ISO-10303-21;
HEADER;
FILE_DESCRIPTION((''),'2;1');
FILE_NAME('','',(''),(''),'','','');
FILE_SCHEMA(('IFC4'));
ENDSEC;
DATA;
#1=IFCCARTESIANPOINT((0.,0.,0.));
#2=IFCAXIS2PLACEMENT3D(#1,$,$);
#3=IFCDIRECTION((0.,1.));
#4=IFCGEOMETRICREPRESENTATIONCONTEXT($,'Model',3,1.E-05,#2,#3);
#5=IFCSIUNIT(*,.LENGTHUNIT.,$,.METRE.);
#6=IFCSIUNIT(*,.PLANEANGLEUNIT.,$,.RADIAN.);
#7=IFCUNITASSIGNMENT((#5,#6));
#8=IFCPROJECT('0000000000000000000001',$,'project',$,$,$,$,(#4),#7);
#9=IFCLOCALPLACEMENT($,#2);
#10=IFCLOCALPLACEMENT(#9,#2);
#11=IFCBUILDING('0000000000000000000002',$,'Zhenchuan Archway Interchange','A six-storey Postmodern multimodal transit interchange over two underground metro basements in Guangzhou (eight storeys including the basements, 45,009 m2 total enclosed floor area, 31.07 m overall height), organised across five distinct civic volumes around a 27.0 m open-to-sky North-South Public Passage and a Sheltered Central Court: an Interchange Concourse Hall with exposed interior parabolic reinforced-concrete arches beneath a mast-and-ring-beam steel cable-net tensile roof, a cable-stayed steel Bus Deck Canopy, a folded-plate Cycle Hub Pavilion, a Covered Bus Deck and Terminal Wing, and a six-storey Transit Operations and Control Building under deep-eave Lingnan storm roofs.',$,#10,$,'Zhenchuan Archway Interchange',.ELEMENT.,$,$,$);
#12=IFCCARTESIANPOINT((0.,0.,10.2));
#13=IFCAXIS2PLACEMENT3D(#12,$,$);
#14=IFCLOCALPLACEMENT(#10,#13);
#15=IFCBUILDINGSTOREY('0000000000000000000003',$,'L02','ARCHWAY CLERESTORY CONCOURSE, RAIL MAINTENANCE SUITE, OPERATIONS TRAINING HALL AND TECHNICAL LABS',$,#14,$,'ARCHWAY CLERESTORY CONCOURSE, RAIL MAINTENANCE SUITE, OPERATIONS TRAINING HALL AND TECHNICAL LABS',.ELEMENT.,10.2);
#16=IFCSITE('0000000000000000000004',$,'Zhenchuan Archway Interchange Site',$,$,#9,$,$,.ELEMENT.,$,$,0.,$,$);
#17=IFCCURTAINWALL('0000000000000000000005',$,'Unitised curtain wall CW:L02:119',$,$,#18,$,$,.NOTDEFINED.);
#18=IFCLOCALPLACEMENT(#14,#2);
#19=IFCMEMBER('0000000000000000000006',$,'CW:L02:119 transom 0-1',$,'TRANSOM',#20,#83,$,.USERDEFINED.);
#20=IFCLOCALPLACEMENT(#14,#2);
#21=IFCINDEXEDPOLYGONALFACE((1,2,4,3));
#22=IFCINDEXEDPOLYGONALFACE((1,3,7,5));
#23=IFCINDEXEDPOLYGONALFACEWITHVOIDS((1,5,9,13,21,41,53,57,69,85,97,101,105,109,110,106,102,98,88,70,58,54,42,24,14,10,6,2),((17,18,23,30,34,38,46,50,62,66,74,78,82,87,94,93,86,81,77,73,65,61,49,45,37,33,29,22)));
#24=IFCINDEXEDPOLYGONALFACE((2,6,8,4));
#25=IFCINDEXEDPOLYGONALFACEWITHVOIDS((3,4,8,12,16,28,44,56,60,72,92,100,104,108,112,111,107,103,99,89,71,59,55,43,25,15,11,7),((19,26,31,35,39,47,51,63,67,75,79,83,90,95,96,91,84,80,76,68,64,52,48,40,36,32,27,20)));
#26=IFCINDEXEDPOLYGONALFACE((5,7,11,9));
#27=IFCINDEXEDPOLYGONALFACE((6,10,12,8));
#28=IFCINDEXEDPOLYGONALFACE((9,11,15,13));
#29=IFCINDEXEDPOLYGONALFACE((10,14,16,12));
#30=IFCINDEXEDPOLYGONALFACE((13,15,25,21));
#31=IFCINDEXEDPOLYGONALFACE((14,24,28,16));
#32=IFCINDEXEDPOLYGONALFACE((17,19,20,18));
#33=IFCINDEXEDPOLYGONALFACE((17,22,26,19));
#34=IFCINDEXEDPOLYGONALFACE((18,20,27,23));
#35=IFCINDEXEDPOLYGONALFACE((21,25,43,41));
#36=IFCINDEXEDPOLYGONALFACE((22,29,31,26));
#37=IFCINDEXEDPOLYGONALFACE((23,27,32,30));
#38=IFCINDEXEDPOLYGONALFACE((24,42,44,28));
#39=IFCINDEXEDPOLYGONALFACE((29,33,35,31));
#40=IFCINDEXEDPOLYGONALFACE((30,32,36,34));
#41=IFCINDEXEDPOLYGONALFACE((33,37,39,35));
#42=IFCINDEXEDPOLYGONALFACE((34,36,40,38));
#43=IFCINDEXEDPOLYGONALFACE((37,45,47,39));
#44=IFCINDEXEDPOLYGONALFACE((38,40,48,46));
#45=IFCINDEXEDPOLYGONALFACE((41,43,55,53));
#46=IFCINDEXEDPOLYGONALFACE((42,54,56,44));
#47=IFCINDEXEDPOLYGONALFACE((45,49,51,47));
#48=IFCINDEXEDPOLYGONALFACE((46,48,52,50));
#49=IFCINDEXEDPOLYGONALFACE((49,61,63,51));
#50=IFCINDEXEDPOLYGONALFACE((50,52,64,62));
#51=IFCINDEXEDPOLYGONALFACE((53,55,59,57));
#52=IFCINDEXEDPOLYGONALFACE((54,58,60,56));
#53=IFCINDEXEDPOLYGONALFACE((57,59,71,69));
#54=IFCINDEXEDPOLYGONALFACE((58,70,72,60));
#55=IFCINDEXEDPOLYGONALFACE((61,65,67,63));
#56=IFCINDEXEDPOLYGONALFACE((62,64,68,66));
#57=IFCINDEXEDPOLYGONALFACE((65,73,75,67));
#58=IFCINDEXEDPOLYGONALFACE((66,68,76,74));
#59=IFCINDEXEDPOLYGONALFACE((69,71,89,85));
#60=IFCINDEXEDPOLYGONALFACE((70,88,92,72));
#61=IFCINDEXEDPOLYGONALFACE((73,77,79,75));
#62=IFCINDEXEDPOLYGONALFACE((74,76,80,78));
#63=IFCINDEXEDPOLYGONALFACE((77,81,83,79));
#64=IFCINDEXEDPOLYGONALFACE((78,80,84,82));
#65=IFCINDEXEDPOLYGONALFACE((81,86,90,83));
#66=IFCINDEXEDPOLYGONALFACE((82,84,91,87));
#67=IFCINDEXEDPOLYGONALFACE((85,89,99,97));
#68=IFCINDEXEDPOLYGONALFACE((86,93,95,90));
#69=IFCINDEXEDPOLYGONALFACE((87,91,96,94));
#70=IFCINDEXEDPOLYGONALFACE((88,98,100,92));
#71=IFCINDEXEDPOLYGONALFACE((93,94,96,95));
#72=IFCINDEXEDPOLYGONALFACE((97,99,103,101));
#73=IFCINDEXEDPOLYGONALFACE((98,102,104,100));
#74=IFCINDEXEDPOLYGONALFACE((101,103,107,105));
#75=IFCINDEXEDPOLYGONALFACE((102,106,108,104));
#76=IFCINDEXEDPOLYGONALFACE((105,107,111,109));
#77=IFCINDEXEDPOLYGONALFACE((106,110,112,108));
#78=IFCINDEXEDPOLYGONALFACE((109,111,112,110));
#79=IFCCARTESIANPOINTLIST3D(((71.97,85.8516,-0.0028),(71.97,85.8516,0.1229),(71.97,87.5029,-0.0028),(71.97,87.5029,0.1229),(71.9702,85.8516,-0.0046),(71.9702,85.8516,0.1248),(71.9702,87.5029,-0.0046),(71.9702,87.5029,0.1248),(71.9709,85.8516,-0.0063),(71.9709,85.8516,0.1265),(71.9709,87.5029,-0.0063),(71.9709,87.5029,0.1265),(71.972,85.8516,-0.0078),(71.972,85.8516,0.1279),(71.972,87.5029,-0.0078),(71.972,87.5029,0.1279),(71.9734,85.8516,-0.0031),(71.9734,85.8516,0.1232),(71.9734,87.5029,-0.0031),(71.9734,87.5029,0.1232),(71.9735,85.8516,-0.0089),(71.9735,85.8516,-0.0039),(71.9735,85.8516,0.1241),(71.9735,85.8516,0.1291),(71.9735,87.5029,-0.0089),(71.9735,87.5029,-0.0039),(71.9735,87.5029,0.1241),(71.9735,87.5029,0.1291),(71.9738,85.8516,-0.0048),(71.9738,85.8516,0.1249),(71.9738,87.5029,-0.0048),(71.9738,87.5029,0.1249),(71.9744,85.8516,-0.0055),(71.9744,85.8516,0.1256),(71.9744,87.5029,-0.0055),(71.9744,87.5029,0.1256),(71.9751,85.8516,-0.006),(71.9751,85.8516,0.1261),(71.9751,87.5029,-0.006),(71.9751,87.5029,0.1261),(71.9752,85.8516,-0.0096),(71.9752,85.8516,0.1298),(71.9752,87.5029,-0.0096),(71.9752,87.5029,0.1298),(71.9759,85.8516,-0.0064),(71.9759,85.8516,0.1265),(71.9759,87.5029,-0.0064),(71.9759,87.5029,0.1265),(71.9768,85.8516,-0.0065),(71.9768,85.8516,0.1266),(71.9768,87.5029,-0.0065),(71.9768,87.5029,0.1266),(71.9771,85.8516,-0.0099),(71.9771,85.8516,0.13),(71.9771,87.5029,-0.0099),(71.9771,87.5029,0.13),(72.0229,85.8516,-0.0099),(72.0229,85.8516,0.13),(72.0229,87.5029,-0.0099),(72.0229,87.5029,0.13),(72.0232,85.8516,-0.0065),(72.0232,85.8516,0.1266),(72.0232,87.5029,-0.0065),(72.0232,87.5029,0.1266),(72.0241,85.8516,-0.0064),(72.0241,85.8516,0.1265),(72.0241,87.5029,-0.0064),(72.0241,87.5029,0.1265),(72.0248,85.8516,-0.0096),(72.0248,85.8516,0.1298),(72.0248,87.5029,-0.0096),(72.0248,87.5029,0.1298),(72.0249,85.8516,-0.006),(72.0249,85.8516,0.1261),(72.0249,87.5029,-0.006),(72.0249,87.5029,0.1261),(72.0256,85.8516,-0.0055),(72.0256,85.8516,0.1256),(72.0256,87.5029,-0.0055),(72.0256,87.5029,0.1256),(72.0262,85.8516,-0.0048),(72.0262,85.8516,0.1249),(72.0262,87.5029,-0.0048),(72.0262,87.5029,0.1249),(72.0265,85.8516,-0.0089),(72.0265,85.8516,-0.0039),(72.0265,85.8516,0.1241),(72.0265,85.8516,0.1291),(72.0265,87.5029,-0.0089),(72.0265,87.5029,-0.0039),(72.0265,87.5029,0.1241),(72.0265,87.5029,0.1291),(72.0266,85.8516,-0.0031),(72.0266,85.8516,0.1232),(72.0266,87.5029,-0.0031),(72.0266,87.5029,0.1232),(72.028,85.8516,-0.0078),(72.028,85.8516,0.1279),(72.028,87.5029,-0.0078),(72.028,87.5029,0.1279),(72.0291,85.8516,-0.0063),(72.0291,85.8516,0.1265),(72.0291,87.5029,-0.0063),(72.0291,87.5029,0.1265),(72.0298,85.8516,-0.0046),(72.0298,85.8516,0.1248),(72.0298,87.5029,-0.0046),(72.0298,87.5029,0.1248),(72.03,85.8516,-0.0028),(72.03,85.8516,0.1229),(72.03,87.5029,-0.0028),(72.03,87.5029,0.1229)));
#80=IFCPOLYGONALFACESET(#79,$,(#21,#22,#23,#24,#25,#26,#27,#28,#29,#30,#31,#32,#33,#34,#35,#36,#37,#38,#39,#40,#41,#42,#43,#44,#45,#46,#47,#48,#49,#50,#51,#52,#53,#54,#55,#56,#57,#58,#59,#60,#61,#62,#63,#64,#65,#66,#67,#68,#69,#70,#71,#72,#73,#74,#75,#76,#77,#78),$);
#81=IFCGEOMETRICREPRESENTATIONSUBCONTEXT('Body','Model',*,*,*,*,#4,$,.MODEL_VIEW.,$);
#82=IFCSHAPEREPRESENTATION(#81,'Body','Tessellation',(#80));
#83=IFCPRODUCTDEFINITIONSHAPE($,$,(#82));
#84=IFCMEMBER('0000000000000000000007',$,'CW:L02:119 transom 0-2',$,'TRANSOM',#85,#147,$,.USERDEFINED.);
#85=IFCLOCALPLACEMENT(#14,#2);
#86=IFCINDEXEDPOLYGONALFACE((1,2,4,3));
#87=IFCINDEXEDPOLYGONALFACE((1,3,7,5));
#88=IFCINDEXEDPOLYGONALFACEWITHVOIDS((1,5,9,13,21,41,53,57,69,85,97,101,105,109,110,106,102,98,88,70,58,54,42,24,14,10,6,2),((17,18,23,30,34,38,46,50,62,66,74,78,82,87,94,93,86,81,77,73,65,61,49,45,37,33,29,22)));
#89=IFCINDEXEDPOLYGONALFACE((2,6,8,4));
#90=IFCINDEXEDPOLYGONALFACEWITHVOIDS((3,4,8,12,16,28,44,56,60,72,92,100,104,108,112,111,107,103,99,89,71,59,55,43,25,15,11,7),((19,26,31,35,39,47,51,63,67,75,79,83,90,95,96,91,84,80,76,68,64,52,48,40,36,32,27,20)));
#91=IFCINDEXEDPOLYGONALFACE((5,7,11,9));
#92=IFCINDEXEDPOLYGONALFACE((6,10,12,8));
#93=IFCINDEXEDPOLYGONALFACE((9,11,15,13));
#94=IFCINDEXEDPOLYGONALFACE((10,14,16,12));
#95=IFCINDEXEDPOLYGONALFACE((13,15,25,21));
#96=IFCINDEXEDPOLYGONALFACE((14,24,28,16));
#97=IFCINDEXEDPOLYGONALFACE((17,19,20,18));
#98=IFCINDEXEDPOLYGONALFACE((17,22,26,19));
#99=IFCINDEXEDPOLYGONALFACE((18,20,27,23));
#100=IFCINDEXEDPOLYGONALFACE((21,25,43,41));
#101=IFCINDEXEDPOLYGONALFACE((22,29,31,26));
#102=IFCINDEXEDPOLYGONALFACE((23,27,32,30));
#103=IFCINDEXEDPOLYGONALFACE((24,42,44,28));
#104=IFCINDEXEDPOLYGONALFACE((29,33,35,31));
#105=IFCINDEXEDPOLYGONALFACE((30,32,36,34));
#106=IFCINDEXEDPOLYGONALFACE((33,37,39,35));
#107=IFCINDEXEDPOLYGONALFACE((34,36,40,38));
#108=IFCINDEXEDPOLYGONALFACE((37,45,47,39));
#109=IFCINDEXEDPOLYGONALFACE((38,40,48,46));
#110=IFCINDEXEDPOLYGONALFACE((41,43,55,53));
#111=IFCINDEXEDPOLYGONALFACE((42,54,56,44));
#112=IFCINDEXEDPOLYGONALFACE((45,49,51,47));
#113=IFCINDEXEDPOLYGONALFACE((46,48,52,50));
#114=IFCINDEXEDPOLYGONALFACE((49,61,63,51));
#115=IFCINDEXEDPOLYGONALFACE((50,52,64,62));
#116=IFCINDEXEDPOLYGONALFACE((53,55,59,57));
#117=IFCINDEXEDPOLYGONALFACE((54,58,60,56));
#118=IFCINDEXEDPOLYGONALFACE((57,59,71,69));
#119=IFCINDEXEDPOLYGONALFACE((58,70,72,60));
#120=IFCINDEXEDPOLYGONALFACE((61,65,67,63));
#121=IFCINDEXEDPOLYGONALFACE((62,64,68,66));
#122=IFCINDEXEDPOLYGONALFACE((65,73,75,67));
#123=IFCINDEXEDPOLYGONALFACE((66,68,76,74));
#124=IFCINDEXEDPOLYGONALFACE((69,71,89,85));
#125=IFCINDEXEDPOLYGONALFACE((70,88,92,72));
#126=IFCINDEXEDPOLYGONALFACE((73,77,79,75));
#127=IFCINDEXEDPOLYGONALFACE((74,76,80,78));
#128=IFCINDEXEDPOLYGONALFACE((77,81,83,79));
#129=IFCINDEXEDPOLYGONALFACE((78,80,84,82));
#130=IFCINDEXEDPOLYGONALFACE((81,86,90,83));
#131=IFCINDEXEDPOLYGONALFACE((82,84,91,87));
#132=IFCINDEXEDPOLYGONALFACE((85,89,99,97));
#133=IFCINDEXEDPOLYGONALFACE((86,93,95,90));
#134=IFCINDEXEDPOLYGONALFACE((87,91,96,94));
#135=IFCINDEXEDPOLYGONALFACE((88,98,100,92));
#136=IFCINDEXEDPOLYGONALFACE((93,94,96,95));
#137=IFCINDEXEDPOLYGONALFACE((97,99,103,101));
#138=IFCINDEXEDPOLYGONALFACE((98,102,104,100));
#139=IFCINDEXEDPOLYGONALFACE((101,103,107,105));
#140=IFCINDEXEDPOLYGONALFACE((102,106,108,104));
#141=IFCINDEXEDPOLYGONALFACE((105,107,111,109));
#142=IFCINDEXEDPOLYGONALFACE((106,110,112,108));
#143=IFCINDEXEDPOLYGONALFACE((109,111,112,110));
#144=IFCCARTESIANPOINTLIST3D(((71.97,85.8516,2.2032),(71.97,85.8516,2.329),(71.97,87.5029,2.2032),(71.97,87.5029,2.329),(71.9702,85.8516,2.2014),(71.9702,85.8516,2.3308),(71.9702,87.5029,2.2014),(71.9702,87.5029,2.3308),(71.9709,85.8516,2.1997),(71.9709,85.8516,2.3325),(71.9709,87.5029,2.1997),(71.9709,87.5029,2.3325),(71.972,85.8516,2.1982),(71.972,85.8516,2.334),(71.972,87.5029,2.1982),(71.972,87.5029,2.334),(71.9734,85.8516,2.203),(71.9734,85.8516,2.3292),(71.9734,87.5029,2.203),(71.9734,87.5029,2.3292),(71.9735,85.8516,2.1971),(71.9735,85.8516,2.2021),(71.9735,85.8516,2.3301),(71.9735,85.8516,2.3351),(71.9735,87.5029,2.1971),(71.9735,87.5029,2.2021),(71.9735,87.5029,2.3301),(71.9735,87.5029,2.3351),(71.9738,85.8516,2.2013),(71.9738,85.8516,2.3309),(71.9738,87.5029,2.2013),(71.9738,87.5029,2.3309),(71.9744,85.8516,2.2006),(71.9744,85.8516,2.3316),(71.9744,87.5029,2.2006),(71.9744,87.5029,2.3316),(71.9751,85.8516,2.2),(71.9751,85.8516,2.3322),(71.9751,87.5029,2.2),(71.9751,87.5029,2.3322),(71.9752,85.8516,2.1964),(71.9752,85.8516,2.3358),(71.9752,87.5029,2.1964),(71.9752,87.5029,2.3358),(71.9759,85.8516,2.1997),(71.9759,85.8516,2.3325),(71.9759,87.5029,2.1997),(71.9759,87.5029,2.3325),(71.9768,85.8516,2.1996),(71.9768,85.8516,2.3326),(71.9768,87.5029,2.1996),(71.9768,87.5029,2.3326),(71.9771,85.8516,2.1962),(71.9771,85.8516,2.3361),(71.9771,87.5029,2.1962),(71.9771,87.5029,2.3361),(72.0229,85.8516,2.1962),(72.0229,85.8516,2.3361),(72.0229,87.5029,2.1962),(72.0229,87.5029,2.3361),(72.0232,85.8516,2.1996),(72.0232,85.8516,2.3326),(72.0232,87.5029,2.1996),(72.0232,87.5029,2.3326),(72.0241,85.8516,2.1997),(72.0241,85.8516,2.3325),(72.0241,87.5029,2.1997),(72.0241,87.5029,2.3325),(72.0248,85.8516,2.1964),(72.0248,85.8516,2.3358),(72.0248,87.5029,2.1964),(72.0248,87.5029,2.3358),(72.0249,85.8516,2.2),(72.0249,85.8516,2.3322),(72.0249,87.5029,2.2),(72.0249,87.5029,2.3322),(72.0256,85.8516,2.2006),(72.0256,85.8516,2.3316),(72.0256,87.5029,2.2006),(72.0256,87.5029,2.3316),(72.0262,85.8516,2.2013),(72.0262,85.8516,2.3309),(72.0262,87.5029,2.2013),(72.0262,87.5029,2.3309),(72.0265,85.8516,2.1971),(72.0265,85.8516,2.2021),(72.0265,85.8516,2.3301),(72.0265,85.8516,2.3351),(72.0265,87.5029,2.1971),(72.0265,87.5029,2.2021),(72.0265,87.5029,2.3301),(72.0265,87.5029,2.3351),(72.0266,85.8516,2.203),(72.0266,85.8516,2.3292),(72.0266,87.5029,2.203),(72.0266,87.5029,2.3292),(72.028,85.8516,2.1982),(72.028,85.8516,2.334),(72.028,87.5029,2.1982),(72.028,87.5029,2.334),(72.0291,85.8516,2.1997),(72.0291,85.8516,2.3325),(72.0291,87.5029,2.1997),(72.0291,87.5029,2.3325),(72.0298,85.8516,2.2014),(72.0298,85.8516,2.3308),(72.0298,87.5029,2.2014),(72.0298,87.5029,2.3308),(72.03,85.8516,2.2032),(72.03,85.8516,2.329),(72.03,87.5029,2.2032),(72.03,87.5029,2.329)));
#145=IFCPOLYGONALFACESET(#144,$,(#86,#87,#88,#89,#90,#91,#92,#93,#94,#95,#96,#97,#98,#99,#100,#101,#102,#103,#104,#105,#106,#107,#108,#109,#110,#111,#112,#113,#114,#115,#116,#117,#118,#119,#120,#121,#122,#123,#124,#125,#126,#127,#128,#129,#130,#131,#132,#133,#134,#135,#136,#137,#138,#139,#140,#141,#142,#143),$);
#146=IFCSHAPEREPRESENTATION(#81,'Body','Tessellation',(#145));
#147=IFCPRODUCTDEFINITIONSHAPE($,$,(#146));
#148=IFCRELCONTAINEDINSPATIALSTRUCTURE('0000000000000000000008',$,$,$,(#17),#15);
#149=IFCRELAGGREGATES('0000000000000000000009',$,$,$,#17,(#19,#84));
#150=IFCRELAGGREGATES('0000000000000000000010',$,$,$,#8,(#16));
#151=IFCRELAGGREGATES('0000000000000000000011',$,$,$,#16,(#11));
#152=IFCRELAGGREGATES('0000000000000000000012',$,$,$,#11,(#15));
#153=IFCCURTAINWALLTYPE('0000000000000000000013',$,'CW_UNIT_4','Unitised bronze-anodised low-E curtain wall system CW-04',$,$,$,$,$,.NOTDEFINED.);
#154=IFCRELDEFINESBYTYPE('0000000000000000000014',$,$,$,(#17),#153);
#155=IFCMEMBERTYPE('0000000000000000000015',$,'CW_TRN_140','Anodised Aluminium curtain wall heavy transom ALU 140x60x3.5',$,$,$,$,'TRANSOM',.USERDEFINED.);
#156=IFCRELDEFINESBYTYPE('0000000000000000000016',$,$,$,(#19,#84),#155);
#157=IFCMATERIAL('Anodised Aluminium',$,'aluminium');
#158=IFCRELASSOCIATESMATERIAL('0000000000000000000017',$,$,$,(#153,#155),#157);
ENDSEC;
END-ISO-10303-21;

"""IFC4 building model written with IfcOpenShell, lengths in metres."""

from ifc_helpers import new_model, si_unit, direction, frame, origin, origin_2d, place, context, subcontext, project, spatial, hollow_rectangle, extrude, material, material_profile, profile_set, type_object, element, aggregate, save


model = new_model("IFC4")

# Units and contexts
model_context = context("Model", 3, precision=1e-05, world=origin(), true_north=direction((0.0, 1.0)))
body_context = subcontext(model_context, "Body", "Model", "MODEL_VIEW")
ifc_project = project(units=[si_unit("LENGTHUNIT", "METRE"), si_unit("PLANEANGLEUNIT", "RADIAN")], contexts=[model_context])

# Site, building, storey
site_placement = place(None, origin())
site = spatial("IfcSite", under=ifc_project, at=site_placement, Name="Zhenchuan Archway Interchange Site", CompositionType="ELEMENT", RefElevation=0.0)
building_placement = place(site_placement, origin())
building = spatial("IfcBuilding", under=site, at=building_placement, Name="Zhenchuan Archway Interchange", Description="A six-storey Postmodern multimodal transit interchange over two underground metro basements in Guangzhou (eight storeys including the basements, 45,009 m2 total enclosed floor area, 31.07 m overall height), organised across five distinct civic volumes around a 27.0 m open-to-sky North-South Public Passage and a Sheltered Central Court: an Interchange Concourse Hall with exposed interior parabolic reinforced-concrete arches beneath a mast-and-ring-beam steel cable-net tensile roof, a cable-stayed steel Bus Deck Canopy, a folded-plate Cycle Hub Pavilion, a Covered Bus Deck and Terminal Wing, and a six-storey Transit Operations and Control Building under deep-eave Lingnan storm roofs.", LongName="Zhenchuan Archway Interchange", CompositionType="ELEMENT")
storey_placement = place(building_placement, frame((0.0, 0.0, 10.2)))
storey = spatial("IfcBuildingStorey", under=building, at=storey_placement, Name="L02", Description="ARCHWAY CLERESTORY CONCOURSE, RAIL MAINTENANCE SUITE, OPERATIONS TRAINING HALL AND TECHNICAL LABS", LongName="ARCHWAY CLERESTORY CONCOURSE, RAIL MAINTENANCE SUITE, OPERATIONS TRAINING HALL AND TECHNICAL LABS", CompositionType="ELEMENT", Elevation=10.2)

# Curtain wall, members
ifc_material_1 = material(Name="Anodised Aluminium", Category="aluminium")
curtain_wall_type = type_object("IfcCurtainWallType", Name="CW_UNIT_4", Description="Unitised bronze-anodised low-E curtain wall system CW-04", PredefinedType="NOTDEFINED", material=ifc_material_1)
curtain_wall_1_placement = place(storey_placement, origin())
curtain_wall_1 = element("IfcCurtainWall", 1, at=curtain_wall_1_placement, inside=storey, type_object=curtain_wall_type, Name="Unitised curtain wall CW:L02:119", PredefinedType="NOTDEFINED")
ifc_material_profile_1 = material_profile(ifc_material_1, hollow_rectangle(XDim=0.0601, YDim=0.1399, WallThickness=0.0034, InnerFilletRadius=0.0034, OuterFilletRadius=0.0071, at=origin_2d()), Name="ALU 140x60x3.5")
ifc_profile_set_1 = profile_set([ifc_material_profile_1], Name="Anodised Aluminium")
member_type_1 = type_object("IfcMemberType", Name="CW_TRN_140", Description="Anodised Aluminium curtain wall heavy transom ALU 140x60x3.5", ElementType="TRANSOM", PredefinedType="USERDEFINED", material=ifc_profile_set_1)
member_1_placement = place(storey_placement, frame((72.0, 87.5029, 0.0601), z_axis=(0.0, -1.0, 0.0), x_axis=(1.0, 0.0, 0.0)))
member_1 = element("IfcMember", 2, at=member_1_placement, type_object=member_type_1, Name="CW:L02:119 transom 0-1", ObjectType="TRANSOM", PredefinedType="USERDEFINED", context=body_context, shape_type="SweptSolid", body=[
    extrude(hollow_rectangle(XDim=0.0601, YDim=0.1399, WallThickness=0.0034, InnerFilletRadius=0.0034, OuterFilletRadius=0.0071, at=origin_2d()), origin(), (0.0, 0.0, 1.0), 1.6514),
])
member_2_placement = place(storey_placement, frame((72.0, 87.5029, 2.2661), z_axis=(0.0, -1.0, 0.0), x_axis=(1.0, 0.0, 0.0)))
member_2 = element("IfcMember", 3, at=member_2_placement, type_object=member_type_1, Name="CW:L02:119 transom 0-2", ObjectType="TRANSOM", PredefinedType="USERDEFINED", context=body_context, shape_type="SweptSolid", body=[
    extrude(hollow_rectangle(XDim=0.0601, YDim=0.1399, WallThickness=0.0034, InnerFilletRadius=0.0034, OuterFilletRadius=0.0071, at=origin_2d()), origin(), (0.0, 0.0, 1.0), 1.6514),
])
aggregate(curtain_wall_1, [member_1, member_2])

save(model, "model.ifc")
